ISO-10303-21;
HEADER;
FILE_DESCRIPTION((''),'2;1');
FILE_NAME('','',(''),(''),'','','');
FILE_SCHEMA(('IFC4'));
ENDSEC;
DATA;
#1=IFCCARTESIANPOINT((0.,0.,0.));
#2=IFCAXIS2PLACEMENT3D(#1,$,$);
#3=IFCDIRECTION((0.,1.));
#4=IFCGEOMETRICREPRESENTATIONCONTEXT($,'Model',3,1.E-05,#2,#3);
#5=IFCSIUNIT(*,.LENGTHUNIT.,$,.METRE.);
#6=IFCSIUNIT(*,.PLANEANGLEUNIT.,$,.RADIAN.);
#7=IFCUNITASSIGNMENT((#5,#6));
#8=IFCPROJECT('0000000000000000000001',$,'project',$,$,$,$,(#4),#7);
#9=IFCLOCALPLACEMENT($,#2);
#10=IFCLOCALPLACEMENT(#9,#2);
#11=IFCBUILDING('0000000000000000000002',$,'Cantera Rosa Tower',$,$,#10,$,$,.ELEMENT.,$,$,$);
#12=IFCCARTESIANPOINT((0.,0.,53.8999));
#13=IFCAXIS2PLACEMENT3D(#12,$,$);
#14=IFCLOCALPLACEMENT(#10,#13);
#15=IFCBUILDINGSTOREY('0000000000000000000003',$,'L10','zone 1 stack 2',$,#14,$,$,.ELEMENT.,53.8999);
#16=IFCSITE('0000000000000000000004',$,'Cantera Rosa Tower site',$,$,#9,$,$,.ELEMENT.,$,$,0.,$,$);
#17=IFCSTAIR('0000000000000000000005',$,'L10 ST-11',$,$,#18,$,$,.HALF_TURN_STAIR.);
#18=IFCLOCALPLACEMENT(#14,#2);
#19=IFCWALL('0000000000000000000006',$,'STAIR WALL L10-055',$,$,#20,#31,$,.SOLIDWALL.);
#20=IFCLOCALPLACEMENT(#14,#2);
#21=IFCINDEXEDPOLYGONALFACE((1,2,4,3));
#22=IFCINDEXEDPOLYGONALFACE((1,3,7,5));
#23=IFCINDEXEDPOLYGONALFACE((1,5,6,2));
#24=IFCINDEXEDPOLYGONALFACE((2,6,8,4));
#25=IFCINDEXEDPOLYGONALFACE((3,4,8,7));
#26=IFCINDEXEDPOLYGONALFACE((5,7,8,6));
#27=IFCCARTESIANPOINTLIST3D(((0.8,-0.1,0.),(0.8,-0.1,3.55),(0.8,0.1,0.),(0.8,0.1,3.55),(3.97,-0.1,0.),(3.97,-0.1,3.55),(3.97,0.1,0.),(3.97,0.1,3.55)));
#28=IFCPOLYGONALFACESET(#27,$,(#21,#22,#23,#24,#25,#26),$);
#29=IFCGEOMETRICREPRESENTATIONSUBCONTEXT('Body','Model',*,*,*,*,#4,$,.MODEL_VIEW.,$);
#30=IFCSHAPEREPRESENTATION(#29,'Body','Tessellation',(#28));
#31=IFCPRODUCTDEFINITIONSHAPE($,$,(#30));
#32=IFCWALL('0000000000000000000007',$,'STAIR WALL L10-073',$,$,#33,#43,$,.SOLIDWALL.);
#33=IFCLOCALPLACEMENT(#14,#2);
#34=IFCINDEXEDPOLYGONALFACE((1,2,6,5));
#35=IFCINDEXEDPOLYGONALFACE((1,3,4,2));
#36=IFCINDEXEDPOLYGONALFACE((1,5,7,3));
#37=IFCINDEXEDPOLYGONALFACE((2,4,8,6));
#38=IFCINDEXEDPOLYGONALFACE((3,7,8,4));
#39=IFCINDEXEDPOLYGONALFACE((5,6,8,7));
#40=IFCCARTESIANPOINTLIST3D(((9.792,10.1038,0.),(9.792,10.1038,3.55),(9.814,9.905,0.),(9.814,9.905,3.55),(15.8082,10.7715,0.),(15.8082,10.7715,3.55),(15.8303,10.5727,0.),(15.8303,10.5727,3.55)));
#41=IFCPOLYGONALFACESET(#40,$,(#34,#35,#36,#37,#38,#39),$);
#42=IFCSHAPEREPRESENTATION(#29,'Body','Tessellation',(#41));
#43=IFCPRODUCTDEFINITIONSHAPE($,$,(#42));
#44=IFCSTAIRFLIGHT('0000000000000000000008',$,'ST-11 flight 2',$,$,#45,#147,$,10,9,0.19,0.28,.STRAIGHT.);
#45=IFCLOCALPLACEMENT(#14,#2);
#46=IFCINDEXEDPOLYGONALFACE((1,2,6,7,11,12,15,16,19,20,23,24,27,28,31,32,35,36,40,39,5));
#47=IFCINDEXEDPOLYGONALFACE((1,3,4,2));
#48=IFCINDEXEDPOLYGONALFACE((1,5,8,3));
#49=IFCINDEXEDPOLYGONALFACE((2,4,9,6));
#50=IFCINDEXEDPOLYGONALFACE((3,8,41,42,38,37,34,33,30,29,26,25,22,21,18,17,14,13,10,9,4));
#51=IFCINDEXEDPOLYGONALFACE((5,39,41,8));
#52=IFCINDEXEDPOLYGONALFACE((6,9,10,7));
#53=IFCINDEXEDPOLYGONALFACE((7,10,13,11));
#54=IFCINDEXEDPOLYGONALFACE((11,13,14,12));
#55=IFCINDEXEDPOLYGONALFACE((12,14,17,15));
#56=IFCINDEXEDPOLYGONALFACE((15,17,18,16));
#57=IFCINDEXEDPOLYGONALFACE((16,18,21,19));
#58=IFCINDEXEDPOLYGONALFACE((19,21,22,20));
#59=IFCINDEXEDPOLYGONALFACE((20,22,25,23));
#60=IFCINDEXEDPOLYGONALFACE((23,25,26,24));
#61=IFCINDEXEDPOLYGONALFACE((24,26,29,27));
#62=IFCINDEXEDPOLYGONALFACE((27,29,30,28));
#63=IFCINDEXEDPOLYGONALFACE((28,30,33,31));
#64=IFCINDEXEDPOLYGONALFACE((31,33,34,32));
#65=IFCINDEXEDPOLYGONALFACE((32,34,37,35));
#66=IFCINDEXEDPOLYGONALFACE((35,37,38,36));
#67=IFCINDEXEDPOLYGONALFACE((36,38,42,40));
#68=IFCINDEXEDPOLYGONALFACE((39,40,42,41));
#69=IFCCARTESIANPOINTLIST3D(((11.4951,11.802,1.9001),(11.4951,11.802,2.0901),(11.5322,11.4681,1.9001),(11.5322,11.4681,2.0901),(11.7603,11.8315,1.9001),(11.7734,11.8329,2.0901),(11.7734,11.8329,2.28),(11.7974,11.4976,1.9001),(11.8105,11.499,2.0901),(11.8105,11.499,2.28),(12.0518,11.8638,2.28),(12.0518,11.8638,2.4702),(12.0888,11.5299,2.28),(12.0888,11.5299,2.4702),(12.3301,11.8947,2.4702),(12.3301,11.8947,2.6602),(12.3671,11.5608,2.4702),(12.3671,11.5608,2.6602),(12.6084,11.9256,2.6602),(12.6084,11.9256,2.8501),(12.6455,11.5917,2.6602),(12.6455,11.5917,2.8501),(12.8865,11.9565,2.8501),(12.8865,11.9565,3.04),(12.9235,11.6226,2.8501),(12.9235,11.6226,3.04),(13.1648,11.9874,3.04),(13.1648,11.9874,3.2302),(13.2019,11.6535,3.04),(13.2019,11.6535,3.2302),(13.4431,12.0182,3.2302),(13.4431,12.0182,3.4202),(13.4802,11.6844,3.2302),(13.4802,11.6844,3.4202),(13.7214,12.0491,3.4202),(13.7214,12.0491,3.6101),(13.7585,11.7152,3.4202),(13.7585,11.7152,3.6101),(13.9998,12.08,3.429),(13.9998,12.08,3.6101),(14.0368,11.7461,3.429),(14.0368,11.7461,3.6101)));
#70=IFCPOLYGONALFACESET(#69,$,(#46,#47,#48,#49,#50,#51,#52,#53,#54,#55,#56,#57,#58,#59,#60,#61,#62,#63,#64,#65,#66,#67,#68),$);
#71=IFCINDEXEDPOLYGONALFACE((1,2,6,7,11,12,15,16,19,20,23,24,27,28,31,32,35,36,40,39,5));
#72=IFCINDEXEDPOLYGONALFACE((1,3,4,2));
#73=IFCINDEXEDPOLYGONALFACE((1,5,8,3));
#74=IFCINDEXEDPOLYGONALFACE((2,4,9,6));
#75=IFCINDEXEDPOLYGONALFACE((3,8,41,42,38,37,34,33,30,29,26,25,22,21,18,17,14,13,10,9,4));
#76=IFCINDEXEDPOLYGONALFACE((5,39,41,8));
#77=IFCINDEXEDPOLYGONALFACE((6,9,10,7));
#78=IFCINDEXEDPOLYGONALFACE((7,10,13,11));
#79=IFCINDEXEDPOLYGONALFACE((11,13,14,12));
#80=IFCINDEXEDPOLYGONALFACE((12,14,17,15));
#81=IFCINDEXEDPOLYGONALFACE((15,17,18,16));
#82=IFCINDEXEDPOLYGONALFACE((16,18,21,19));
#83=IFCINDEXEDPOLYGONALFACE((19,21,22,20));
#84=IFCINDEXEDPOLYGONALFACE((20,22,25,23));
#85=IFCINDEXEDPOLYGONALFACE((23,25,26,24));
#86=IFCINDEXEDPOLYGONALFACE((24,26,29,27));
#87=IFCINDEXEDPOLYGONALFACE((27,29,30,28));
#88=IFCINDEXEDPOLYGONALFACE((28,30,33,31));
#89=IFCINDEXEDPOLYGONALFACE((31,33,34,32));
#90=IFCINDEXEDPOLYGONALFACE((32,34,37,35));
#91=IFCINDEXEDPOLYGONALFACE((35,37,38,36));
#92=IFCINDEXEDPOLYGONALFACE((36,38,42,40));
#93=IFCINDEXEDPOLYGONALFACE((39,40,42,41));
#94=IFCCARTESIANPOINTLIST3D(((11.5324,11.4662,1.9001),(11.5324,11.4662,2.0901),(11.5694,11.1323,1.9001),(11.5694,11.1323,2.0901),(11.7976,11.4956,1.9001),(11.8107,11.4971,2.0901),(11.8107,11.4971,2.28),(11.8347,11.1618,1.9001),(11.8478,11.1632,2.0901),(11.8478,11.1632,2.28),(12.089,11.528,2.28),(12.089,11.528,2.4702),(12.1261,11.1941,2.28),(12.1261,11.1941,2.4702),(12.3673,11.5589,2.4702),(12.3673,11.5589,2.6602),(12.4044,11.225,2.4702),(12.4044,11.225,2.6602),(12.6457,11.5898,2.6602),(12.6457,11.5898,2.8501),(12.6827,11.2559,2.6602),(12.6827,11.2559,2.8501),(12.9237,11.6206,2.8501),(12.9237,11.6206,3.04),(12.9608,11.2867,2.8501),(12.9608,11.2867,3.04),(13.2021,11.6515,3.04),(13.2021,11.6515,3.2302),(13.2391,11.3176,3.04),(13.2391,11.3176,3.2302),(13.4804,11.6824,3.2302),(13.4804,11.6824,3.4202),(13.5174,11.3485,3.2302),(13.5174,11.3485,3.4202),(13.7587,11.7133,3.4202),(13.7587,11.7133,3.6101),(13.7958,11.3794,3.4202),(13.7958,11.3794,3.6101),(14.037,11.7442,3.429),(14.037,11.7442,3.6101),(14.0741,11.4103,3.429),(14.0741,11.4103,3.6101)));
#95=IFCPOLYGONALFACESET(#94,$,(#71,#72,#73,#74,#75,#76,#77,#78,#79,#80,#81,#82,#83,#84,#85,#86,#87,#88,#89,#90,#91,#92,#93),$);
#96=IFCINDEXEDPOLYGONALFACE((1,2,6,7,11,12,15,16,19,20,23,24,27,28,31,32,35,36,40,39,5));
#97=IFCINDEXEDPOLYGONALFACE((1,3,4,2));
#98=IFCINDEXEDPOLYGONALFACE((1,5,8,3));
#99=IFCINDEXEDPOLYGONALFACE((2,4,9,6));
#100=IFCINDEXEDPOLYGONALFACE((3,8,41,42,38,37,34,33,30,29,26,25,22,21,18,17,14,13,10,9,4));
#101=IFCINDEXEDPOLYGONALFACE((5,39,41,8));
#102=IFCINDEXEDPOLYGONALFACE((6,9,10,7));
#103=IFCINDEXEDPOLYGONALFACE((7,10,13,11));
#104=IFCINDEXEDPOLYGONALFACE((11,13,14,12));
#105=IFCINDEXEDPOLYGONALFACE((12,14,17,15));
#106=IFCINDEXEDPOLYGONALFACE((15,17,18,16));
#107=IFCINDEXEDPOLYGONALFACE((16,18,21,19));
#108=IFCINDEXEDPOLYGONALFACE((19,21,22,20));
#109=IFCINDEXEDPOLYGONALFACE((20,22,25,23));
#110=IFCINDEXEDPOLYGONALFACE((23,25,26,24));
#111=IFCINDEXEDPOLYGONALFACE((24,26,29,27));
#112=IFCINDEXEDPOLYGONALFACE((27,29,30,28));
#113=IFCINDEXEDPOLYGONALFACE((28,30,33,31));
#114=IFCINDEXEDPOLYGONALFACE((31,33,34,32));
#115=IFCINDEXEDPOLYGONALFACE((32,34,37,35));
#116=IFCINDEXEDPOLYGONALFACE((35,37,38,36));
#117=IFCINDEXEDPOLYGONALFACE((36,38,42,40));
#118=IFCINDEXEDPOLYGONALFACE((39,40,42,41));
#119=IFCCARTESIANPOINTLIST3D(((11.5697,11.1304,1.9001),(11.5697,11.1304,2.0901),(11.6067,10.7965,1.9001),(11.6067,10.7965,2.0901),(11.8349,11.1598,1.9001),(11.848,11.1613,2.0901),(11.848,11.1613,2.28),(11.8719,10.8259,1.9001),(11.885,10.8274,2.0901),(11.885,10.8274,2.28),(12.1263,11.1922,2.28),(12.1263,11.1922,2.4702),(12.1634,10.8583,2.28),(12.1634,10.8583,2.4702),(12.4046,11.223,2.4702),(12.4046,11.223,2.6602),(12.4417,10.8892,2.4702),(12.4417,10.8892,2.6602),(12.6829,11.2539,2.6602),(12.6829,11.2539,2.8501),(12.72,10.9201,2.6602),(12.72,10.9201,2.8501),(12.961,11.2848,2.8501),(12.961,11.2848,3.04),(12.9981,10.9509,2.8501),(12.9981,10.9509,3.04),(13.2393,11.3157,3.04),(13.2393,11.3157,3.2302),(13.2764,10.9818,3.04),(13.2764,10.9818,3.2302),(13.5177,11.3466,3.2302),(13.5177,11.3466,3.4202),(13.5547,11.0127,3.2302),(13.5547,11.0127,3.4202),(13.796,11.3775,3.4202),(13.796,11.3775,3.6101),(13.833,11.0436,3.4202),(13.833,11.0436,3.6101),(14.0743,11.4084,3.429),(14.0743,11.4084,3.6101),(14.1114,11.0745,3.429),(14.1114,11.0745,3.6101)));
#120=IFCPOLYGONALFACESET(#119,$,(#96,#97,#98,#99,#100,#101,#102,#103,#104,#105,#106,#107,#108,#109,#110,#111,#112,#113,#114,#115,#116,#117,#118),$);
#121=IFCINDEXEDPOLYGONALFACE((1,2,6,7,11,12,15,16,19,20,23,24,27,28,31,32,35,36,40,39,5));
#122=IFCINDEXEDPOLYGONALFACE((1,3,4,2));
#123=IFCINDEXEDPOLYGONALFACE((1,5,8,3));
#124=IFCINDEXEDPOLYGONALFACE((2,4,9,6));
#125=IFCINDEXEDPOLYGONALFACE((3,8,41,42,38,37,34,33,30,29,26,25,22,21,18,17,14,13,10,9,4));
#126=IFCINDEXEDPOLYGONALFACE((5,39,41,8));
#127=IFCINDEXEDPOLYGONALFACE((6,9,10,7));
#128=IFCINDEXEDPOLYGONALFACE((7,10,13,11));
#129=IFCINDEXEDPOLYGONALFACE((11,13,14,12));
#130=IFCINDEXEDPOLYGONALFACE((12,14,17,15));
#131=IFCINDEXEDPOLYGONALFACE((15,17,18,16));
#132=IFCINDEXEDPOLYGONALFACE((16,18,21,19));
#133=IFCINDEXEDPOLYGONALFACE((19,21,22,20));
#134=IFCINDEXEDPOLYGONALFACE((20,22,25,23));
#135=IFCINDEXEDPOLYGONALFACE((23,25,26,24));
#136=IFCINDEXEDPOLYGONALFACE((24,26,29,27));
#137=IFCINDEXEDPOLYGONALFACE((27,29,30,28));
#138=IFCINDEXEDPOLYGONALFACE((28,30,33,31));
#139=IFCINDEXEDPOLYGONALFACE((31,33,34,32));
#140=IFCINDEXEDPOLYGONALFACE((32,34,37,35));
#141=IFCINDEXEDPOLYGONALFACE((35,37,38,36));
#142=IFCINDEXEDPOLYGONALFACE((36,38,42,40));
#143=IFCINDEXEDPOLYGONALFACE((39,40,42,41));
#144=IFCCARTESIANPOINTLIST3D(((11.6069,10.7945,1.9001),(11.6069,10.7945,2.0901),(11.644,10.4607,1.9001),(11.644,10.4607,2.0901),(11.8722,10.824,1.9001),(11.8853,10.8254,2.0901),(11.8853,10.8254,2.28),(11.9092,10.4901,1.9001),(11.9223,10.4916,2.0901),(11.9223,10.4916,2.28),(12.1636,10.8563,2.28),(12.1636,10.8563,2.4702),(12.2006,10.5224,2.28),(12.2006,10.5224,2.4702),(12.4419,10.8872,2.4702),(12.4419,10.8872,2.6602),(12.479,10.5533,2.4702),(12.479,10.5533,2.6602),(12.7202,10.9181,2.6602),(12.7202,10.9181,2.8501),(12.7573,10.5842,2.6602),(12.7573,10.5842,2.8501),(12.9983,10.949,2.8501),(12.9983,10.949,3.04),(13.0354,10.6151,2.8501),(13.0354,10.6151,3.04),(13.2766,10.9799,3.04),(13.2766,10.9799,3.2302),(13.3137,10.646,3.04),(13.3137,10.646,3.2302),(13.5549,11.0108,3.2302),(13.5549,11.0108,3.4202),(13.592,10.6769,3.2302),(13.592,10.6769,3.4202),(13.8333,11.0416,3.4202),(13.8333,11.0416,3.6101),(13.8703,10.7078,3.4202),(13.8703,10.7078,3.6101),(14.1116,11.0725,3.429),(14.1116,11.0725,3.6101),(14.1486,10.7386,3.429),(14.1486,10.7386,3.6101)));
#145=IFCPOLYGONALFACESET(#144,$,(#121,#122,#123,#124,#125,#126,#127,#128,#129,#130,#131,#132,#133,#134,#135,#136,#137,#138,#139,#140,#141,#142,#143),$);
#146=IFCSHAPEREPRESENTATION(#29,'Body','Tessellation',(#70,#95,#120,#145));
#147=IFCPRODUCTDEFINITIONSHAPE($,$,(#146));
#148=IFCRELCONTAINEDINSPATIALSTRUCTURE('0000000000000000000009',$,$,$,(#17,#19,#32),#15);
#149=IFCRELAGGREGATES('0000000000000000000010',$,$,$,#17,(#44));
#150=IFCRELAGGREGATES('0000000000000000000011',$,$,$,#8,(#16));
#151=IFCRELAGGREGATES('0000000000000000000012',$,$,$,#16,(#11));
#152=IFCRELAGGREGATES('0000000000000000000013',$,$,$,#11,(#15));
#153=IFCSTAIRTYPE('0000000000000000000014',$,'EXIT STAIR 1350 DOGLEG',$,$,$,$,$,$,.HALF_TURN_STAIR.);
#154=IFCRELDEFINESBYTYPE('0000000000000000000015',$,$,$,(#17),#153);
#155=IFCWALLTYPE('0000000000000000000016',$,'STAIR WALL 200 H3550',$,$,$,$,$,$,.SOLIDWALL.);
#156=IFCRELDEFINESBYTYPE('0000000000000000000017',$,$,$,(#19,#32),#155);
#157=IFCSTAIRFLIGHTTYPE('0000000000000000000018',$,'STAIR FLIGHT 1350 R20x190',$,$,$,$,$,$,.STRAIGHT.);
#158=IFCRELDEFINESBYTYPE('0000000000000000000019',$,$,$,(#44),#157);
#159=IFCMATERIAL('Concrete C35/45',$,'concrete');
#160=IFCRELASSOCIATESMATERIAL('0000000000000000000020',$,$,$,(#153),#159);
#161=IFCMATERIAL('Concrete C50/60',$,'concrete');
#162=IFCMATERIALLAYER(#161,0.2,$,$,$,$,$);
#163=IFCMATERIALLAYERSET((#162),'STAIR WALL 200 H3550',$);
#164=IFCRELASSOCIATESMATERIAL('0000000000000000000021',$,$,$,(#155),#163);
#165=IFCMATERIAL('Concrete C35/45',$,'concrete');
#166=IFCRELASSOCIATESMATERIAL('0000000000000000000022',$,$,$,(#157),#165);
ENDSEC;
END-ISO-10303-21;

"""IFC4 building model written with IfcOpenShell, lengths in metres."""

from ifc_helpers import new_model, si_unit, direction, frame, frame_2d, origin, place, context, subcontext, project, spatial, polyline, rectangle, outline, extrude, material, layer, layer_set, type_object, element, aggregate, save


model = new_model("IFC4")

# Units and contexts
model_context = context("Model", 3, precision=1e-05, world=origin(), true_north=direction((0.0, 1.0)))
body_context = subcontext(model_context, "Body", "Model", "MODEL_VIEW")
ifc_project = project(units=[si_unit("LENGTHUNIT", "METRE"), si_unit("PLANEANGLEUNIT", "RADIAN")], contexts=[model_context])

# Site, building, storey
site_placement = place(None, origin())
site = spatial("IfcSite", under=ifc_project, at=site_placement, Name="Cantera Rosa Tower site", CompositionType="ELEMENT", RefElevation=0.0)
building_placement = place(site_placement, origin())
building = spatial("IfcBuilding", under=site, at=building_placement, Name="Cantera Rosa Tower", CompositionType="ELEMENT")
storey_placement = place(building_placement, frame((0.0, 0.0, 53.8999)))
storey = spatial("IfcBuildingStorey", under=building, at=storey_placement, Name="L10", Description="zone 1 stack 2", CompositionType="ELEMENT", Elevation=53.8999)

# Stair
ifc_material_1 = material(Name="Concrete C35/45", Category="concrete")
stair_type = type_object("IfcStairType", Name="EXIT STAIR 1350 DOGLEG", PredefinedType="HALF_TURN_STAIR", material=ifc_material_1)
stair_1_placement = place(storey_placement, origin())
stair_1 = element("IfcStair", 1, at=stair_1_placement, inside=storey, type_object=stair_type, Name="L10 ST-11", PredefinedType="HALF_TURN_STAIR")

# Walls
ifc_material_2 = material(Name="Concrete C50/60", Category="concrete")
ifc_layer_1 = layer(ifc_material_2, 0.2)
ifc_layer_set_1 = layer_set([ifc_layer_1], Name="STAIR WALL 200 H3550")
wall_type_1 = type_object("IfcWallType", Name="STAIR WALL 200 H3550", PredefinedType="SOLIDWALL", material=ifc_layer_set_1)
wall_1_placement = place(storey_placement, frame((0.8, 0.0, 0.0), z_axis=(0.0, 0.0, 1.0), x_axis=(1.0, 0.0, 0.0)))
element("IfcWall", 2, at=wall_1_placement, inside=storey, type_object=wall_type_1, Name="STAIR WALL L10-055", PredefinedType="SOLIDWALL", context=body_context, shape_type="SweptSolid", body=[
    extrude(rectangle(XDim=3.1699, YDim=0.2, at=frame_2d((1.585, 0.0))), origin(), (0.0, 0.0, 1.0), 3.55),
])
wall_2_placement = place(storey_placement, frame((9.803, 10.0044, 0.0), z_axis=(0.0, 0.0, 1.0), x_axis=(0.993897, 0.110308, 0.0)))
element("IfcWall", 3, at=wall_2_placement, inside=storey, type_object=wall_type_1, Name="STAIR WALL L10-073", PredefinedType="SOLIDWALL", context=body_context, shape_type="SweptSolid", body=[
    extrude(rectangle(XDim=6.0532, YDim=0.2, at=frame_2d((3.0266, 0.0))), origin(), (0.0, 0.0, 1.0), 3.55),
])

# Stair flight
ifc_material_3 = material(Name="Concrete C35/45", Category="concrete")
stair_flight_type = type_object("IfcStairFlightType", Name="STAIR FLIGHT 1350 R20x190", PredefinedType="STRAIGHT", material=ifc_material_3)
stair_flight_placement = place(storey_placement, frame((11.5696, 11.1311, 1.9001), z_axis=(0.0, 0.0, 1.0), x_axis=(0.993897, 0.110313, 0.0)))
stair_flight = element("IfcStairFlight", 4, at=stair_flight_placement, type_object=stair_flight_type, Name="ST-11 flight 2", NumberOfRisers=10, NumberOfTreads=9, PredefinedType="STRAIGHT", RiserHeight=0.19, TreadLength=0.28, context=body_context, shape_type="SweptSolid", body=[
    extrude(outline(polyline([(0.0, 0.0), (0.0, 0.1899), (0.28, 0.1899), (0.28, 0.3799), (0.5601, 0.3799), (0.5601, 0.5701), (0.8401, 0.5701), (0.8401, 0.76), (1.1201, 0.76), (1.1201, 0.95), (1.3999, 0.95), (1.3999, 1.1399), (1.6799, 1.1399), (1.6799, 1.3301), (1.96, 1.3301), (1.96, 1.52), (2.24, 1.52), (2.24, 1.71), (2.52, 1.71), (2.52, 1.8999), (2.52, 1.5288), (0.2668, 0.0), (0.0, 0.0)])), frame((0.0, 0.675, 0.0), z_axis=(0.0, -1.0, 0.0), x_axis=(1.0, 0.0, 0.0)), (0.0, 0.0, 1.0), 0.3359),
    extrude(outline(polyline([(0.0, 0.0), (0.0, 0.1899), (0.28, 0.1899), (0.28, 0.3799), (0.5601, 0.3799), (0.5601, 0.5701), (0.8401, 0.5701), (0.8401, 0.76), (1.1201, 0.76), (1.1201, 0.95), (1.3999, 0.95), (1.3999, 1.1399), (1.6799, 1.1399), (1.6799, 1.3301), (1.96, 1.3301), (1.96, 1.52), (2.24, 1.52), (2.24, 1.71), (2.52, 1.71), (2.52, 1.8999), (2.52, 1.5288), (0.2668, 0.0), (0.0, 0.0)])), frame((0.0, 0.3372, 0.0), z_axis=(0.0, -1.0, 0.0), x_axis=(1.0, 0.0, 0.0)), (0.0, 0.0, 1.0), 0.3359),
    extrude(outline(polyline([(0.0, 0.0), (0.0, 0.1899), (0.28, 0.1899), (0.28, 0.3799), (0.5601, 0.3799), (0.5601, 0.5701), (0.8401, 0.5701), (0.8401, 0.76), (1.1201, 0.76), (1.1201, 0.95), (1.3999, 0.95), (1.3999, 1.1399), (1.6799, 1.1399), (1.6799, 1.3301), (1.96, 1.3301), (1.96, 1.52), (2.24, 1.52), (2.24, 1.71), (2.52, 1.71), (2.52, 1.8999), (2.52, 1.5288), (0.2668, 0.0), (0.0, 0.0)])), frame((0.0, -0.0007, 0.0), z_axis=(0.0, -1.0, 0.0), x_axis=(1.0, 0.0, 0.0)), (0.0, 0.0, 1.0), 0.3359),
    extrude(outline(polyline([(0.0, 0.0), (0.0, 0.1899), (0.28, 0.1899), (0.28, 0.3799), (0.5601, 0.3799), (0.5601, 0.5701), (0.8401, 0.5701), (0.8401, 0.76), (1.1201, 0.76), (1.1201, 0.95), (1.3999, 0.95), (1.3999, 1.1399), (1.6799, 1.1399), (1.6799, 1.3301), (1.96, 1.3301), (1.96, 1.52), (2.24, 1.52), (2.24, 1.71), (2.52, 1.71), (2.52, 1.8999), (2.52, 1.5288), (0.2668, 0.0), (0.0, 0.0)])), frame((0.0, -0.3386, 0.0), z_axis=(0.0, -1.0, 0.0), x_axis=(1.0, 0.0, 0.0)), (0.0, 0.0, 1.0), 0.3359),
])
aggregate(stair_1, [stair_flight])

save(model, "model.ifc")
